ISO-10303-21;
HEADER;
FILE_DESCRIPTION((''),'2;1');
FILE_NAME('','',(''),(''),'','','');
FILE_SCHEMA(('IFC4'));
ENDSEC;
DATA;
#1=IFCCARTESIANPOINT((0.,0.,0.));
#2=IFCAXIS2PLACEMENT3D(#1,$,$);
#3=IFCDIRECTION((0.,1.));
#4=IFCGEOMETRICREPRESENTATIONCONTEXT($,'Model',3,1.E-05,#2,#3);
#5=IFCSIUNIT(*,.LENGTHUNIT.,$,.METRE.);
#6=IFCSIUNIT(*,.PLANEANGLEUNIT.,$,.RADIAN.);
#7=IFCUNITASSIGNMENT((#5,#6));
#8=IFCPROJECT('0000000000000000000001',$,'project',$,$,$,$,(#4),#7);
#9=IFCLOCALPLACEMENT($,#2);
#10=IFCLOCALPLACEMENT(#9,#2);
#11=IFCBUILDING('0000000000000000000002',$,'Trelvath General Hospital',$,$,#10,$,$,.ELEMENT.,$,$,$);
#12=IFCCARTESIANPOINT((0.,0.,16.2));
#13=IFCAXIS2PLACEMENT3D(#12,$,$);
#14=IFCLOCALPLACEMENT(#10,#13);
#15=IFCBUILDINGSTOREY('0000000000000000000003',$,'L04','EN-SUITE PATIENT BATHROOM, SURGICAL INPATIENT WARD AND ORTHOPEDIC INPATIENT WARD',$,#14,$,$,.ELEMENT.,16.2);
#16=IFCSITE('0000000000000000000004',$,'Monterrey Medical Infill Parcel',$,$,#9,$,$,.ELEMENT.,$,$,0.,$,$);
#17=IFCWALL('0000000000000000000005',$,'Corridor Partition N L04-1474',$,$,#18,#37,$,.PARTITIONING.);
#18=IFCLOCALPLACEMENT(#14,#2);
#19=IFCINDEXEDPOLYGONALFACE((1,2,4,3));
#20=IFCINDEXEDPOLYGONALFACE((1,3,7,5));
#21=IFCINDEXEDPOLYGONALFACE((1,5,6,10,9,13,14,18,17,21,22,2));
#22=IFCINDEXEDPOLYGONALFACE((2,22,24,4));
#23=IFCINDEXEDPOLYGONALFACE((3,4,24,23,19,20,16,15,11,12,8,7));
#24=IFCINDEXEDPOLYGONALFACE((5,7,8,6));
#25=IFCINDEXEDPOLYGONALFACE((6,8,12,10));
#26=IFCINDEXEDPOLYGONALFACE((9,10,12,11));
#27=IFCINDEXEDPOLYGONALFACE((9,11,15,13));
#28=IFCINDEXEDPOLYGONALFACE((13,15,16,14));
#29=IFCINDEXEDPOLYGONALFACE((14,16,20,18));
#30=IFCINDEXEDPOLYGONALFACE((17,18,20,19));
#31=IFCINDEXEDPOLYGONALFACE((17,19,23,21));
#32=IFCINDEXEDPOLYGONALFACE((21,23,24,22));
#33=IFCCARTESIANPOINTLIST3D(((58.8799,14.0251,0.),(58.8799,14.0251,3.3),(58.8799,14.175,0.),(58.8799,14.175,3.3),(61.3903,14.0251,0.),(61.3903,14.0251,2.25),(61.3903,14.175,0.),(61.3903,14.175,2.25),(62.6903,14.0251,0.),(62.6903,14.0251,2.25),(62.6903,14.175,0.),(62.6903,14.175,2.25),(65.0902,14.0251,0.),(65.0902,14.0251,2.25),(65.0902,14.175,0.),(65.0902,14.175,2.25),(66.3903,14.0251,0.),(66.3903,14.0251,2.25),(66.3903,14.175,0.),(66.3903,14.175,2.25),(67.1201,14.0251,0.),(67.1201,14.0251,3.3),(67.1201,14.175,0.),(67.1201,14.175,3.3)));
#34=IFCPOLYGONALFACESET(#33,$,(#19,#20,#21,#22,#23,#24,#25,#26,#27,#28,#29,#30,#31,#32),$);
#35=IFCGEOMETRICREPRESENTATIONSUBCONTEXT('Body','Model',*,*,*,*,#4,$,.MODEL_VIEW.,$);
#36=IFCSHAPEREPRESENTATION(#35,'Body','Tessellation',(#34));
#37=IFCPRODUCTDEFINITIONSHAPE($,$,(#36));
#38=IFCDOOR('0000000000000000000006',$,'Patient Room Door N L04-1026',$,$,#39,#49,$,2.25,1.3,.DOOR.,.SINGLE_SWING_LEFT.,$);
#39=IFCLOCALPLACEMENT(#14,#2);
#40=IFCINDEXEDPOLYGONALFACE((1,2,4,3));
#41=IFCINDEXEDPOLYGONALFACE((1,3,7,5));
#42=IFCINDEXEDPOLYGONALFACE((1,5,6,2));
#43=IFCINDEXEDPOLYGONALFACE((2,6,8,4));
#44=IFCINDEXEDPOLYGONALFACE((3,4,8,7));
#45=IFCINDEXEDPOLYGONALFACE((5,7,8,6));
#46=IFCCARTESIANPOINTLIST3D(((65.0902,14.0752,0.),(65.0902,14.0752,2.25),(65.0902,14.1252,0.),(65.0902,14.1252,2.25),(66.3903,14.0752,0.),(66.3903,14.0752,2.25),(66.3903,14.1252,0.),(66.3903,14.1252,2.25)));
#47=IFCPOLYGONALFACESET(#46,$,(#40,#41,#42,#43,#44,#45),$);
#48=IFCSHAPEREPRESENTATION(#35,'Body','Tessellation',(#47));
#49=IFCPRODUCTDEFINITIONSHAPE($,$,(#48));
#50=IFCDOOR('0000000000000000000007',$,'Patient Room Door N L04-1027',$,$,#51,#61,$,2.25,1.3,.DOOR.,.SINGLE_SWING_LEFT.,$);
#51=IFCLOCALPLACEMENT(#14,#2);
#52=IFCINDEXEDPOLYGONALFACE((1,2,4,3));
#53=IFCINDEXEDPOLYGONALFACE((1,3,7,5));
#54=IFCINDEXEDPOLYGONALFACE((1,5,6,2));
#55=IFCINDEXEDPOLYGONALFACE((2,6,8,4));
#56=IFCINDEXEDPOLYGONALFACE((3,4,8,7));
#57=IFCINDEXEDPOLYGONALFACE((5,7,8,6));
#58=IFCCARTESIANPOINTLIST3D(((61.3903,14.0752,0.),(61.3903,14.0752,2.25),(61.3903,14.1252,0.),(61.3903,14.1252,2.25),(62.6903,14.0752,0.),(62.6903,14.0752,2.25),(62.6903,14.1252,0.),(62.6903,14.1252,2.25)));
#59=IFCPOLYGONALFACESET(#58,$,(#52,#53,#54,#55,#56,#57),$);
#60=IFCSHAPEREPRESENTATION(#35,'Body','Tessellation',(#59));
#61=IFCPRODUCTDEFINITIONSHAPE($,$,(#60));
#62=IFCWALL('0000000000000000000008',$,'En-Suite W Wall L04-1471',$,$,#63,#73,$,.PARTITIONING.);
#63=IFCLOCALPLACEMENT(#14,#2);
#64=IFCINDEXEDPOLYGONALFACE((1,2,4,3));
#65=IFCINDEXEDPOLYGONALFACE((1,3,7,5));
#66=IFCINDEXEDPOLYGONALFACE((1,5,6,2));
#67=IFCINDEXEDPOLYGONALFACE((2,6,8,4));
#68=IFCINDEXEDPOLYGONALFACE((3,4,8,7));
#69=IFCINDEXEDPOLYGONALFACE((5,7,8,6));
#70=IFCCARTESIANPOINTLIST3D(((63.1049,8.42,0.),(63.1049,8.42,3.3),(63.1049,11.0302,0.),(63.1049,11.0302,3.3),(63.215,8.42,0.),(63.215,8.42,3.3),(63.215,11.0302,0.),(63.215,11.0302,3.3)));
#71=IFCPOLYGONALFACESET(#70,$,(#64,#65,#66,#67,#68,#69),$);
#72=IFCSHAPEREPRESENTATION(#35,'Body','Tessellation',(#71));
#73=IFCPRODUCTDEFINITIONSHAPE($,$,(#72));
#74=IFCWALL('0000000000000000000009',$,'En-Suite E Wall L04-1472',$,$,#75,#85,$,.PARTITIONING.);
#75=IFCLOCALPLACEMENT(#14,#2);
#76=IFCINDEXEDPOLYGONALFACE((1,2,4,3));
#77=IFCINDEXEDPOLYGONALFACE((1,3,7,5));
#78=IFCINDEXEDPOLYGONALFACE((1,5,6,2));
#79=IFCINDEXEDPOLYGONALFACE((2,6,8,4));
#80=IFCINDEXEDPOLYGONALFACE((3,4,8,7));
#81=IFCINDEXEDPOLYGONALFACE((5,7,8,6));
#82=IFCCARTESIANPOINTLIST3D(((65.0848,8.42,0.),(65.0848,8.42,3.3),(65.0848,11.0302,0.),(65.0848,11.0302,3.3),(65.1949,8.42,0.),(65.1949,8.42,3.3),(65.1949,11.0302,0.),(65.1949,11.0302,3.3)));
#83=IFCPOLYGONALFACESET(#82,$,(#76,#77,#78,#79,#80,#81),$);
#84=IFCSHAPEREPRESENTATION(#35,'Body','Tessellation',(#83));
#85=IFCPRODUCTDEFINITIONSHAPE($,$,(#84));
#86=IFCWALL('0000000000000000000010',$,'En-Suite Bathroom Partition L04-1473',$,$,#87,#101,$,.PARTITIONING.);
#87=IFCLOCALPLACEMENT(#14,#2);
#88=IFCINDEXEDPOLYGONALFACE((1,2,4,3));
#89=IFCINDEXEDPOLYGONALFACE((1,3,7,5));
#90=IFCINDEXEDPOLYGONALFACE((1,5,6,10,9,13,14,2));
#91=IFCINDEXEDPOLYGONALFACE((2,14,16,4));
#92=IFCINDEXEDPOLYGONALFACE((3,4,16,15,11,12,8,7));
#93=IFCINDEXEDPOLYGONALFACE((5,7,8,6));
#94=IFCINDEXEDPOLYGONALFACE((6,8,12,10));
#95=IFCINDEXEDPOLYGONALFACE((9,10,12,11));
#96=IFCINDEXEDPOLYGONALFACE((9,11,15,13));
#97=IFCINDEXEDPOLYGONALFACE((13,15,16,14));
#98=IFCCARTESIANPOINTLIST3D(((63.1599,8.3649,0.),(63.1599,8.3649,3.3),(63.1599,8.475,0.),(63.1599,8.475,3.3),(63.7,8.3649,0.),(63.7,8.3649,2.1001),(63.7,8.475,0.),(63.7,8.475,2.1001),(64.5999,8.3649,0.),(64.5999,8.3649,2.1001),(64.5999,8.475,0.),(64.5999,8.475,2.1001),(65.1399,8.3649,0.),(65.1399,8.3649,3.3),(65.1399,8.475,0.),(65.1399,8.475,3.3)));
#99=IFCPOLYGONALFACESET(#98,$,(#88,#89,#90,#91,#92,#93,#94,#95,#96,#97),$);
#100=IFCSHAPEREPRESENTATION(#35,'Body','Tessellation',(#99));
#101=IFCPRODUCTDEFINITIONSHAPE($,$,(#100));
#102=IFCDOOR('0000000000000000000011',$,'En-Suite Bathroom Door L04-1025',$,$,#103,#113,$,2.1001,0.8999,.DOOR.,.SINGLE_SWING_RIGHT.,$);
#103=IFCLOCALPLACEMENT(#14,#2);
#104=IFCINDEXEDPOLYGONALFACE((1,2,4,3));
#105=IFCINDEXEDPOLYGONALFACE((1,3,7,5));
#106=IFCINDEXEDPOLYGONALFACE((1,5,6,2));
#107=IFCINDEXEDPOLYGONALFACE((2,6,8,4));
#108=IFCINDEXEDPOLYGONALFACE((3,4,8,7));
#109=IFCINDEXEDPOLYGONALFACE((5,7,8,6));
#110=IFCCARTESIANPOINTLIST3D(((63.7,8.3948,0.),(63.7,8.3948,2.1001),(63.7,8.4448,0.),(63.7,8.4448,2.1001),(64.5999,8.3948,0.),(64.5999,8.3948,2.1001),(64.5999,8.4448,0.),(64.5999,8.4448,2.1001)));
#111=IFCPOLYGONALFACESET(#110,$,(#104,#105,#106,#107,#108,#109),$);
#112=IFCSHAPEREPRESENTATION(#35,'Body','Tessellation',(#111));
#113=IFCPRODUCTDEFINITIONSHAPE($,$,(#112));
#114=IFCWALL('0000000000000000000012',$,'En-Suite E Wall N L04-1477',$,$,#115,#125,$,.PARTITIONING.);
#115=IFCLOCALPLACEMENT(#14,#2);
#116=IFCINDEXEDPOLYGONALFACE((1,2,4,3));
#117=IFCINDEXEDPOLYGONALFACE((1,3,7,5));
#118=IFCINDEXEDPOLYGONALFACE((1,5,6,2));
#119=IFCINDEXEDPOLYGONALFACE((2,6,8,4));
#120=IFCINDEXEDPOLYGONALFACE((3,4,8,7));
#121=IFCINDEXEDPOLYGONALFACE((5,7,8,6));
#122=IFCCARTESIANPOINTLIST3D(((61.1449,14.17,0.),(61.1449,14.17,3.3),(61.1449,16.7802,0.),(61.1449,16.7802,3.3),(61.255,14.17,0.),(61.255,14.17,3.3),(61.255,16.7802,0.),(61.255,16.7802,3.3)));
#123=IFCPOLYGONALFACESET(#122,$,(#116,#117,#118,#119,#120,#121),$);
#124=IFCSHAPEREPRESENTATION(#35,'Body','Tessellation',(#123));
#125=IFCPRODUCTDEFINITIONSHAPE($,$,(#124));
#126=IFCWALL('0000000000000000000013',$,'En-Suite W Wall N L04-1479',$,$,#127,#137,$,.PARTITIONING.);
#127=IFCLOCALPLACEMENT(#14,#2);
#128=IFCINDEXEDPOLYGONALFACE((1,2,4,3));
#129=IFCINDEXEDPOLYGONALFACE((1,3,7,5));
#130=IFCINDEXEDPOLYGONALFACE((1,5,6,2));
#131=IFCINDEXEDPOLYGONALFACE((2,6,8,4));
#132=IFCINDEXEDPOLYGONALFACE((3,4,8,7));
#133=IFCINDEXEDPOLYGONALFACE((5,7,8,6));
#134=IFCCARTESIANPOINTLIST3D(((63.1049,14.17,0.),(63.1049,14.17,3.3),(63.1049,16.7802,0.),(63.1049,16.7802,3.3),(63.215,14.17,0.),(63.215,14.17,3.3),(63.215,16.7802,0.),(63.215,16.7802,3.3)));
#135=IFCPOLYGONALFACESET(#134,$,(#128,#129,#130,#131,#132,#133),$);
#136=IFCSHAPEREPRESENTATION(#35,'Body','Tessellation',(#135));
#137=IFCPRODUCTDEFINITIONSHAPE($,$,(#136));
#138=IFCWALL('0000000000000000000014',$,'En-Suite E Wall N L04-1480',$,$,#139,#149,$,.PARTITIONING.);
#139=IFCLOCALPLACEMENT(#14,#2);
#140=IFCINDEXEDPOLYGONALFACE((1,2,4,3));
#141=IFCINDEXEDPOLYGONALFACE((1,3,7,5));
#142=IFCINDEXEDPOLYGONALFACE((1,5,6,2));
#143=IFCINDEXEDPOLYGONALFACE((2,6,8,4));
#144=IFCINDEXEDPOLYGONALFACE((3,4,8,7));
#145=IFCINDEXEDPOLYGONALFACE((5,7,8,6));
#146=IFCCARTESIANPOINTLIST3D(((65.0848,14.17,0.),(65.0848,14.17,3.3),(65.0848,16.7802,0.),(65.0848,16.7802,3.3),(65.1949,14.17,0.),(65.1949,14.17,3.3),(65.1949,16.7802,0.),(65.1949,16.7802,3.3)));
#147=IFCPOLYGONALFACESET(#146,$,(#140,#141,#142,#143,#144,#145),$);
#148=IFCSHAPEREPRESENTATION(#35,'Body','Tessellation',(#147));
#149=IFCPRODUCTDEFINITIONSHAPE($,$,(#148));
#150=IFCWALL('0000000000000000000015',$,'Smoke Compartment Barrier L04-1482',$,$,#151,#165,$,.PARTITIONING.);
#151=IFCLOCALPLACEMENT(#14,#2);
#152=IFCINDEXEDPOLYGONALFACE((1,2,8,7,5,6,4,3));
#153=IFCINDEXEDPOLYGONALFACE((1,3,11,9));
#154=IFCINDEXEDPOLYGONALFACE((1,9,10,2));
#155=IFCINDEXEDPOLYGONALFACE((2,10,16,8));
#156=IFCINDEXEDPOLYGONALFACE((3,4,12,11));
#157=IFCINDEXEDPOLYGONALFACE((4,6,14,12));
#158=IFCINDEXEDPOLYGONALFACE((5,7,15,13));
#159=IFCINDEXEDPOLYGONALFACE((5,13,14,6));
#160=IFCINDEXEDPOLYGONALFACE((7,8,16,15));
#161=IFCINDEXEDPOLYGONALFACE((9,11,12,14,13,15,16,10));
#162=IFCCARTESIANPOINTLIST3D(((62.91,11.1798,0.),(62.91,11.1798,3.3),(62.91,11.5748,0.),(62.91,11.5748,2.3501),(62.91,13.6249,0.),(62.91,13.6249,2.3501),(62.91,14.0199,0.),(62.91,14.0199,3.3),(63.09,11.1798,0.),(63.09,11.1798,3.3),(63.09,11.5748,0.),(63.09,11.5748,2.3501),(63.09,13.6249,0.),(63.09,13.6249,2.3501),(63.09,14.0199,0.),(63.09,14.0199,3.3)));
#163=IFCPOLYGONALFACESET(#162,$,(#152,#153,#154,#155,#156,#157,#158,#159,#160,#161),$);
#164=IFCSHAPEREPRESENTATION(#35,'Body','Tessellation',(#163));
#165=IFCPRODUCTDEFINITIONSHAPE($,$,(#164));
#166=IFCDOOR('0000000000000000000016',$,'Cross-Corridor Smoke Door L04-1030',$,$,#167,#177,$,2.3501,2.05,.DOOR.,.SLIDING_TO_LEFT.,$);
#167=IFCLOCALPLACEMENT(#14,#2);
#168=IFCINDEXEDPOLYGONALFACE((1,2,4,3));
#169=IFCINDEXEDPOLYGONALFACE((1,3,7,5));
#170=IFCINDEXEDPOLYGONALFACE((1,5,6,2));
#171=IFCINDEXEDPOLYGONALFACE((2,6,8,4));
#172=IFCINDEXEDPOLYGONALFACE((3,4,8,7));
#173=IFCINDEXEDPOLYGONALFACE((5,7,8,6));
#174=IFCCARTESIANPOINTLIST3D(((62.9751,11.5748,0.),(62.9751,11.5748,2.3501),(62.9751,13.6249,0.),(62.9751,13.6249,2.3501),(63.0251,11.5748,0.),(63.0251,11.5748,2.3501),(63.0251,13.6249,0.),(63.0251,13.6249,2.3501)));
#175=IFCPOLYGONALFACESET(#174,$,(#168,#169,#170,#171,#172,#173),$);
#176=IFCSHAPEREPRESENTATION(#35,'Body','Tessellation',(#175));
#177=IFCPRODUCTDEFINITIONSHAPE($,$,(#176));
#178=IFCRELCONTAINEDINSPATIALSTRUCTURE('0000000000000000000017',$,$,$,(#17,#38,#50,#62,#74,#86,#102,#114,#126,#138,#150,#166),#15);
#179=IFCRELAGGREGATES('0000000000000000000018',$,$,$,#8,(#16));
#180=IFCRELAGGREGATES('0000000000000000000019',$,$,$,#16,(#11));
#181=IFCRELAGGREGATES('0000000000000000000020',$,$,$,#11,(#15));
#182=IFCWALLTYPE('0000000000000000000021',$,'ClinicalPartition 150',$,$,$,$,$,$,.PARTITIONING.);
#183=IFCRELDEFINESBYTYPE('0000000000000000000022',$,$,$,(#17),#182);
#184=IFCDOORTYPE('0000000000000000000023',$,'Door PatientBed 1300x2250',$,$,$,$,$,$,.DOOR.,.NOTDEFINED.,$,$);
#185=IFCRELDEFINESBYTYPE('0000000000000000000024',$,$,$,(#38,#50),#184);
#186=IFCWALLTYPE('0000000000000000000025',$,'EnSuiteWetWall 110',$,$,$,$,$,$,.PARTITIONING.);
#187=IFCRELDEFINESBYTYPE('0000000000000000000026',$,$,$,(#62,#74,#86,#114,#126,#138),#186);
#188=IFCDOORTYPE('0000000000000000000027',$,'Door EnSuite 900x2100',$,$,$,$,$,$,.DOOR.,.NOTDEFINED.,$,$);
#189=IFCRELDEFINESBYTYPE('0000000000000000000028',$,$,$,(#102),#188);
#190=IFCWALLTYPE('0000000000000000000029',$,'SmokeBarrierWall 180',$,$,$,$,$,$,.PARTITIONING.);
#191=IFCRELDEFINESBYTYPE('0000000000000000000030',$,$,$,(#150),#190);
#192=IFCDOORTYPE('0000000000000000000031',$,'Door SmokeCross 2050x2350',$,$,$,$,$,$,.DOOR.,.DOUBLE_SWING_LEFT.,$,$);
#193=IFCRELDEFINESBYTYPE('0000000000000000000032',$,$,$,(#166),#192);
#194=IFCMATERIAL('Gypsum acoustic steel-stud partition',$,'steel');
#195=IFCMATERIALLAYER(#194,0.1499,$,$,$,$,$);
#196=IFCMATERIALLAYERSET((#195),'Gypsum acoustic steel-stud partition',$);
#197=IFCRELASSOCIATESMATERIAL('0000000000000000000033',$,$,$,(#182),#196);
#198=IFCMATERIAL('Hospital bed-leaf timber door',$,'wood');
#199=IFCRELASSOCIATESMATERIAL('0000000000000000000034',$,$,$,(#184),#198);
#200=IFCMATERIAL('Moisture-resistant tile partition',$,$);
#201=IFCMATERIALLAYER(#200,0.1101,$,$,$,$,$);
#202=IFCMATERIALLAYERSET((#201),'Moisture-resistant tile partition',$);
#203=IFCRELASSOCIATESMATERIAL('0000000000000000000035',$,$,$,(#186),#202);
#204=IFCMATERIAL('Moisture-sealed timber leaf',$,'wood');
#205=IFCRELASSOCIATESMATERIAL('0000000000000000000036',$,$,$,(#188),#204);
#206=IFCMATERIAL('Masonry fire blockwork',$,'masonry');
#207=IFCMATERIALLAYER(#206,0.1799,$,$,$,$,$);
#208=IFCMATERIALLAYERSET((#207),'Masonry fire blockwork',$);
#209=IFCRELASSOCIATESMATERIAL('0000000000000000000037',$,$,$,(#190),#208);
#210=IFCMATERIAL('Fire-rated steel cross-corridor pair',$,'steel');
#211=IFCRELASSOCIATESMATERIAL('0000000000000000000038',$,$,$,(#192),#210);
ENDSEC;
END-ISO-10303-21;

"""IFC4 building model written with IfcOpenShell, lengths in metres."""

from ifc_helpers import new_model, si_unit, direction, frame, frame_2d, origin, place, context, subcontext, project, spatial, rectangle, extrude, material, layer, layer_set, type_object, element, fill, save


model = new_model("IFC4")

# Units and contexts
model_context = context("Model", 3, precision=1e-05, world=origin(), true_north=direction((0.0, 1.0)))
body_context = subcontext(model_context, "Body", "Model", "MODEL_VIEW")
ifc_project = project(units=[si_unit("LENGTHUNIT", "METRE"), si_unit("PLANEANGLEUNIT", "RADIAN")], contexts=[model_context])

# Site, building, storey
site_placement = place(None, origin())
site = spatial("IfcSite", under=ifc_project, at=site_placement, Name="Monterrey Medical Infill Parcel", CompositionType="ELEMENT", RefElevation=0.0)
building_placement = place(site_placement, origin())
building = spatial("IfcBuilding", under=site, at=building_placement, Name="Trelvath General Hospital", CompositionType="ELEMENT")
storey_placement = place(building_placement, frame((0.0, 0.0, 16.2)))
storey = spatial("IfcBuildingStorey", under=building, at=storey_placement, Name="L04", Description="EN-SUITE PATIENT BATHROOM, SURGICAL INPATIENT WARD AND ORTHOPEDIC INPATIENT WARD", CompositionType="ELEMENT", Elevation=16.2)

# Wall, openings, doors
ifc_material_1 = material(Name="Gypsum acoustic steel-stud partition", Category="steel")
ifc_layer_1 = layer(ifc_material_1, 0.1499)
ifc_layer_set_1 = layer_set([ifc_layer_1], Name="Gypsum acoustic steel-stud partition")
wall_type_1 = type_object("IfcWallType", Name="ClinicalPartition 150", PredefinedType="PARTITIONING", material=ifc_layer_set_1)
wall_1_placement = place(storey_placement, frame((67.1201, 14.1001, 0.0), z_axis=(0.0, 0.0, 1.0), x_axis=(-1.0, 0.0, 0.0)))
wall_1 = element("IfcWall", 1, at=wall_1_placement, inside=storey, type_object=wall_type_1, Name="Corridor Partition N L04-1474", PredefinedType="PARTITIONING", context=body_context, shape_type="SweptSolid", body=[
    extrude(rectangle(XDim=8.2402, YDim=0.1499, at=frame_2d((4.1201, 0.0))), origin(), (0.0, 0.0, 1.0), 3.3),
])
opening_1_placement = place(wall_1_placement, frame((0.73, 0.0, 0.0)))
opening_1 = element("IfcOpeningElement", 2, at=opening_1_placement, cuts=wall_1, PredefinedType="OPENING", context=body_context, shape_type="SweptSolid", body=[
    extrude(rectangle(XDim=1.3, YDim=2.25, at=frame_2d((0.6499, 1.125))), frame((0.0, 0.085, 0.0), z_axis=(0.0, -1.0, 0.0), x_axis=(1.0, 0.0, 0.0)), (0.0, 0.0, 1.0), 0.1699),
])
opening_2_placement = place(wall_1_placement, frame((4.4299, 0.0, 0.0)))
opening_2 = element("IfcOpeningElement", 3, at=opening_2_placement, cuts=wall_1, PredefinedType="OPENING", context=body_context, shape_type="SweptSolid", body=[
    extrude(rectangle(XDim=1.3, YDim=2.25, at=frame_2d((0.6499, 1.125))), frame((0.0, 0.085, 0.0), z_axis=(0.0, -1.0, 0.0), x_axis=(1.0, 0.0, 0.0)), (0.0, 0.0, 1.0), 0.1699),
])
ifc_material_2 = material(Name="Hospital bed-leaf timber door", Category="wood")
door_type_1 = type_object("IfcDoorType", Name="Door PatientBed 1300x2250", OperationType="NOTDEFINED", PredefinedType="DOOR", material=ifc_material_2)
door_1_placement = place(opening_1_placement, origin())
door_1 = element("IfcDoor", 4, at=door_1_placement, inside=storey, type_object=door_type_1, Name="Patient Room Door N L04-1026", OperationType="SINGLE_SWING_LEFT", OverallHeight=2.25, OverallWidth=1.3, PredefinedType="DOOR", context=body_context, shape_type="SweptSolid", body=[
    extrude(rectangle(XDim=1.3, YDim=2.25, at=frame_2d((0.6499, 1.125))), frame((0.0, 0.0249, 0.0), z_axis=(0.0, -1.0, 0.0), x_axis=(1.0, 0.0, 0.0)), (0.0, 0.0, 1.0), 0.05),
])
fill(opening_1, door_1)
door_2_placement = place(opening_2_placement, origin())
door_2 = element("IfcDoor", 5, at=door_2_placement, inside=storey, type_object=door_type_1, Name="Patient Room Door N L04-1027", OperationType="SINGLE_SWING_LEFT", OverallHeight=2.25, OverallWidth=1.3, PredefinedType="DOOR", context=body_context, shape_type="SweptSolid", body=[
    extrude(rectangle(XDim=1.3, YDim=2.25, at=frame_2d((0.6499, 1.125))), frame((0.0, 0.0249, 0.0), z_axis=(0.0, -1.0, 0.0), x_axis=(1.0, 0.0, 0.0)), (0.0, 0.0, 1.0), 0.05),
])
fill(opening_2, door_2)

# Walls
ifc_material_3 = material(Name="Moisture-resistant tile partition")
ifc_layer_2 = layer(ifc_material_3, 0.1101)
ifc_layer_set_2 = layer_set([ifc_layer_2], Name="Moisture-resistant tile partition")
wall_type_2 = type_object("IfcWallType", Name="EnSuiteWetWall 110", PredefinedType="PARTITIONING", material=ifc_layer_set_2)
for number, where, z_axis, x_axis, name in (
    (6, (63.1599, 8.4199, 0.0), (0.0, 0.0, 1.0), (0.0, 1.0, 0.0), "En-Suite W Wall L04-1471"),
    (7, (65.1399, 8.4199, 0.0), (0.0, 0.0, 1.0), (0.0, 1.0, 0.0), "En-Suite E Wall L04-1472"),
):
    element("IfcWall", number, at=place(storey_placement, frame(where, z_axis=z_axis, x_axis=x_axis)), inside=storey, type_object=wall_type_2, Name=name, PredefinedType="PARTITIONING", context=body_context, shape_type="SweptSolid", body=[
        extrude(rectangle(XDim=2.6101, YDim=0.1101, at=frame_2d((1.3052, 0.0))), origin(), (0.0, 0.0, 1.0), 3.3),
    ])

# Wall, opening, door
wall_2_placement = place(storey_placement, frame((63.1599, 8.4199, 0.0), z_axis=(0.0, 0.0, 1.0), x_axis=(1.0, 0.0, 0.0)))
wall_2 = element("IfcWall", 8, at=wall_2_placement, inside=storey, type_object=wall_type_2, Name="En-Suite Bathroom Partition L04-1473", PredefinedType="PARTITIONING", context=body_context, shape_type="SweptSolid", body=[
    extrude(rectangle(XDim=1.98, YDim=0.1101, at=frame_2d((0.99, 0.0))), origin(), (0.0, 0.0, 1.0), 3.3),
])
opening_3_placement = place(wall_2_placement, frame((0.54, 0.0, 0.0)))
opening_3 = element("IfcOpeningElement", 9, at=opening_3_placement, cuts=wall_2, PredefinedType="OPENING", context=body_context, shape_type="SweptSolid", body=[
    extrude(rectangle(XDim=0.8999, YDim=2.1001, at=frame_2d((0.45, 1.05))), frame((0.0, 0.0649, 0.0), z_axis=(0.0, -1.0, 0.0), x_axis=(1.0, 0.0, 0.0)), (0.0, 0.0, 1.0), 0.1301),
])
ifc_material_4 = material(Name="Moisture-sealed timber leaf", Category="wood")
door_type_2 = type_object("IfcDoorType", Name="Door EnSuite 900x2100", OperationType="NOTDEFINED", PredefinedType="DOOR", material=ifc_material_4)
door_3_placement = place(opening_3_placement, origin())
door_3 = element("IfcDoor", 10, at=door_3_placement, inside=storey, type_object=door_type_2, Name="En-Suite Bathroom Door L04-1025", OperationType="SINGLE_SWING_RIGHT", OverallHeight=2.1001, OverallWidth=0.8999, PredefinedType="DOOR", context=body_context, shape_type="SweptSolid", body=[
    extrude(rectangle(XDim=0.8999, YDim=2.1001, at=frame_2d((0.45, 1.05))), frame((0.0, 0.0249, 0.0), z_axis=(0.0, -1.0, 0.0), x_axis=(1.0, 0.0, 0.0)), (0.0, 0.0, 1.0), 0.05),
])
fill(opening_3, door_3)

# Walls
for number, where, z_axis, x_axis, name in (
    (11, (61.2, 14.1699, 0.0), (0.0, 0.0, 1.0), (0.0, 1.0, 0.0), "En-Suite E Wall N L04-1477"),
    (12, (63.1599, 14.1699, 0.0), (0.0, 0.0, 1.0), (0.0, 1.0, 0.0), "En-Suite W Wall N L04-1479"),
    (13, (65.1399, 14.1699, 0.0), (0.0, 0.0, 1.0), (0.0, 1.0, 0.0), "En-Suite E Wall N L04-1480"),
):
    element("IfcWall", number, at=place(storey_placement, frame(where, z_axis=z_axis, x_axis=x_axis)), inside=storey, type_object=wall_type_2, Name=name, PredefinedType="PARTITIONING", context=body_context, shape_type="SweptSolid", body=[
        extrude(rectangle(XDim=2.6101, YDim=0.1101, at=frame_2d((1.3052, 0.0))), origin(), (0.0, 0.0, 1.0), 3.3),
    ])

# Wall, opening, door
ifc_material_5 = material(Name="Masonry fire blockwork", Category="masonry")
ifc_layer_3 = layer(ifc_material_5, 0.1799)
ifc_layer_set_3 = layer_set([ifc_layer_3], Name="Masonry fire blockwork")
wall_type_3 = type_object("IfcWallType", Name="SmokeBarrierWall 180", PredefinedType="PARTITIONING", material=ifc_layer_set_3)
wall_3_placement = place(storey_placement, frame((63.0, 11.1799, 0.0), z_axis=(0.0, 0.0, 1.0), x_axis=(0.0, 1.0, 0.0)))
wall_3 = element("IfcWall", 14, at=wall_3_placement, inside=storey, type_object=wall_type_3, Name="Smoke Compartment Barrier L04-1482", PredefinedType="PARTITIONING", context=body_context, shape_type="SweptSolid", body=[
    extrude(rectangle(XDim=2.8401, YDim=0.1799, at=frame_2d((1.4199, 0.0))), origin(), (0.0, 0.0, 1.0), 3.3),
])
opening_4_placement = place(wall_3_placement, frame((0.395, 0.0, 0.0)))
opening_4 = element("IfcOpeningElement", 15, at=opening_4_placement, cuts=wall_3, PredefinedType="OPENING", context=body_context, shape_type="SweptSolid", body=[
    extrude(rectangle(XDim=2.05, YDim=2.3501, at=frame_2d((1.0249, 1.175))), frame((0.0, 0.0999, 0.0), z_axis=(0.0, -1.0, 0.0), x_axis=(1.0, 0.0, 0.0)), (0.0, 0.0, 1.0), 0.2),
])
ifc_material_6 = material(Name="Fire-rated steel cross-corridor pair", Category="steel")
door_type_3 = type_object("IfcDoorType", Name="Door SmokeCross 2050x2350", OperationType="DOUBLE_SWING_LEFT", PredefinedType="DOOR", material=ifc_material_6)
door_4_placement = place(opening_4_placement, origin())
door_4 = element("IfcDoor", 16, at=door_4_placement, inside=storey, type_object=door_type_3, Name="Cross-Corridor Smoke Door L04-1030", OperationType="SLIDING_TO_LEFT", OverallHeight=2.3501, OverallWidth=2.05, PredefinedType="DOOR", context=body_context, shape_type="SweptSolid", body=[
    extrude(rectangle(XDim=2.05, YDim=2.3501, at=frame_2d((1.0249, 1.175))), frame((0.0, 0.0249, 0.0), z_axis=(0.0, -1.0, 0.0), x_axis=(1.0, 0.0, 0.0)), (0.0, 0.0, 1.0), 0.05),
])
fill(opening_4, door_4)

save(model, "model.ifc")
